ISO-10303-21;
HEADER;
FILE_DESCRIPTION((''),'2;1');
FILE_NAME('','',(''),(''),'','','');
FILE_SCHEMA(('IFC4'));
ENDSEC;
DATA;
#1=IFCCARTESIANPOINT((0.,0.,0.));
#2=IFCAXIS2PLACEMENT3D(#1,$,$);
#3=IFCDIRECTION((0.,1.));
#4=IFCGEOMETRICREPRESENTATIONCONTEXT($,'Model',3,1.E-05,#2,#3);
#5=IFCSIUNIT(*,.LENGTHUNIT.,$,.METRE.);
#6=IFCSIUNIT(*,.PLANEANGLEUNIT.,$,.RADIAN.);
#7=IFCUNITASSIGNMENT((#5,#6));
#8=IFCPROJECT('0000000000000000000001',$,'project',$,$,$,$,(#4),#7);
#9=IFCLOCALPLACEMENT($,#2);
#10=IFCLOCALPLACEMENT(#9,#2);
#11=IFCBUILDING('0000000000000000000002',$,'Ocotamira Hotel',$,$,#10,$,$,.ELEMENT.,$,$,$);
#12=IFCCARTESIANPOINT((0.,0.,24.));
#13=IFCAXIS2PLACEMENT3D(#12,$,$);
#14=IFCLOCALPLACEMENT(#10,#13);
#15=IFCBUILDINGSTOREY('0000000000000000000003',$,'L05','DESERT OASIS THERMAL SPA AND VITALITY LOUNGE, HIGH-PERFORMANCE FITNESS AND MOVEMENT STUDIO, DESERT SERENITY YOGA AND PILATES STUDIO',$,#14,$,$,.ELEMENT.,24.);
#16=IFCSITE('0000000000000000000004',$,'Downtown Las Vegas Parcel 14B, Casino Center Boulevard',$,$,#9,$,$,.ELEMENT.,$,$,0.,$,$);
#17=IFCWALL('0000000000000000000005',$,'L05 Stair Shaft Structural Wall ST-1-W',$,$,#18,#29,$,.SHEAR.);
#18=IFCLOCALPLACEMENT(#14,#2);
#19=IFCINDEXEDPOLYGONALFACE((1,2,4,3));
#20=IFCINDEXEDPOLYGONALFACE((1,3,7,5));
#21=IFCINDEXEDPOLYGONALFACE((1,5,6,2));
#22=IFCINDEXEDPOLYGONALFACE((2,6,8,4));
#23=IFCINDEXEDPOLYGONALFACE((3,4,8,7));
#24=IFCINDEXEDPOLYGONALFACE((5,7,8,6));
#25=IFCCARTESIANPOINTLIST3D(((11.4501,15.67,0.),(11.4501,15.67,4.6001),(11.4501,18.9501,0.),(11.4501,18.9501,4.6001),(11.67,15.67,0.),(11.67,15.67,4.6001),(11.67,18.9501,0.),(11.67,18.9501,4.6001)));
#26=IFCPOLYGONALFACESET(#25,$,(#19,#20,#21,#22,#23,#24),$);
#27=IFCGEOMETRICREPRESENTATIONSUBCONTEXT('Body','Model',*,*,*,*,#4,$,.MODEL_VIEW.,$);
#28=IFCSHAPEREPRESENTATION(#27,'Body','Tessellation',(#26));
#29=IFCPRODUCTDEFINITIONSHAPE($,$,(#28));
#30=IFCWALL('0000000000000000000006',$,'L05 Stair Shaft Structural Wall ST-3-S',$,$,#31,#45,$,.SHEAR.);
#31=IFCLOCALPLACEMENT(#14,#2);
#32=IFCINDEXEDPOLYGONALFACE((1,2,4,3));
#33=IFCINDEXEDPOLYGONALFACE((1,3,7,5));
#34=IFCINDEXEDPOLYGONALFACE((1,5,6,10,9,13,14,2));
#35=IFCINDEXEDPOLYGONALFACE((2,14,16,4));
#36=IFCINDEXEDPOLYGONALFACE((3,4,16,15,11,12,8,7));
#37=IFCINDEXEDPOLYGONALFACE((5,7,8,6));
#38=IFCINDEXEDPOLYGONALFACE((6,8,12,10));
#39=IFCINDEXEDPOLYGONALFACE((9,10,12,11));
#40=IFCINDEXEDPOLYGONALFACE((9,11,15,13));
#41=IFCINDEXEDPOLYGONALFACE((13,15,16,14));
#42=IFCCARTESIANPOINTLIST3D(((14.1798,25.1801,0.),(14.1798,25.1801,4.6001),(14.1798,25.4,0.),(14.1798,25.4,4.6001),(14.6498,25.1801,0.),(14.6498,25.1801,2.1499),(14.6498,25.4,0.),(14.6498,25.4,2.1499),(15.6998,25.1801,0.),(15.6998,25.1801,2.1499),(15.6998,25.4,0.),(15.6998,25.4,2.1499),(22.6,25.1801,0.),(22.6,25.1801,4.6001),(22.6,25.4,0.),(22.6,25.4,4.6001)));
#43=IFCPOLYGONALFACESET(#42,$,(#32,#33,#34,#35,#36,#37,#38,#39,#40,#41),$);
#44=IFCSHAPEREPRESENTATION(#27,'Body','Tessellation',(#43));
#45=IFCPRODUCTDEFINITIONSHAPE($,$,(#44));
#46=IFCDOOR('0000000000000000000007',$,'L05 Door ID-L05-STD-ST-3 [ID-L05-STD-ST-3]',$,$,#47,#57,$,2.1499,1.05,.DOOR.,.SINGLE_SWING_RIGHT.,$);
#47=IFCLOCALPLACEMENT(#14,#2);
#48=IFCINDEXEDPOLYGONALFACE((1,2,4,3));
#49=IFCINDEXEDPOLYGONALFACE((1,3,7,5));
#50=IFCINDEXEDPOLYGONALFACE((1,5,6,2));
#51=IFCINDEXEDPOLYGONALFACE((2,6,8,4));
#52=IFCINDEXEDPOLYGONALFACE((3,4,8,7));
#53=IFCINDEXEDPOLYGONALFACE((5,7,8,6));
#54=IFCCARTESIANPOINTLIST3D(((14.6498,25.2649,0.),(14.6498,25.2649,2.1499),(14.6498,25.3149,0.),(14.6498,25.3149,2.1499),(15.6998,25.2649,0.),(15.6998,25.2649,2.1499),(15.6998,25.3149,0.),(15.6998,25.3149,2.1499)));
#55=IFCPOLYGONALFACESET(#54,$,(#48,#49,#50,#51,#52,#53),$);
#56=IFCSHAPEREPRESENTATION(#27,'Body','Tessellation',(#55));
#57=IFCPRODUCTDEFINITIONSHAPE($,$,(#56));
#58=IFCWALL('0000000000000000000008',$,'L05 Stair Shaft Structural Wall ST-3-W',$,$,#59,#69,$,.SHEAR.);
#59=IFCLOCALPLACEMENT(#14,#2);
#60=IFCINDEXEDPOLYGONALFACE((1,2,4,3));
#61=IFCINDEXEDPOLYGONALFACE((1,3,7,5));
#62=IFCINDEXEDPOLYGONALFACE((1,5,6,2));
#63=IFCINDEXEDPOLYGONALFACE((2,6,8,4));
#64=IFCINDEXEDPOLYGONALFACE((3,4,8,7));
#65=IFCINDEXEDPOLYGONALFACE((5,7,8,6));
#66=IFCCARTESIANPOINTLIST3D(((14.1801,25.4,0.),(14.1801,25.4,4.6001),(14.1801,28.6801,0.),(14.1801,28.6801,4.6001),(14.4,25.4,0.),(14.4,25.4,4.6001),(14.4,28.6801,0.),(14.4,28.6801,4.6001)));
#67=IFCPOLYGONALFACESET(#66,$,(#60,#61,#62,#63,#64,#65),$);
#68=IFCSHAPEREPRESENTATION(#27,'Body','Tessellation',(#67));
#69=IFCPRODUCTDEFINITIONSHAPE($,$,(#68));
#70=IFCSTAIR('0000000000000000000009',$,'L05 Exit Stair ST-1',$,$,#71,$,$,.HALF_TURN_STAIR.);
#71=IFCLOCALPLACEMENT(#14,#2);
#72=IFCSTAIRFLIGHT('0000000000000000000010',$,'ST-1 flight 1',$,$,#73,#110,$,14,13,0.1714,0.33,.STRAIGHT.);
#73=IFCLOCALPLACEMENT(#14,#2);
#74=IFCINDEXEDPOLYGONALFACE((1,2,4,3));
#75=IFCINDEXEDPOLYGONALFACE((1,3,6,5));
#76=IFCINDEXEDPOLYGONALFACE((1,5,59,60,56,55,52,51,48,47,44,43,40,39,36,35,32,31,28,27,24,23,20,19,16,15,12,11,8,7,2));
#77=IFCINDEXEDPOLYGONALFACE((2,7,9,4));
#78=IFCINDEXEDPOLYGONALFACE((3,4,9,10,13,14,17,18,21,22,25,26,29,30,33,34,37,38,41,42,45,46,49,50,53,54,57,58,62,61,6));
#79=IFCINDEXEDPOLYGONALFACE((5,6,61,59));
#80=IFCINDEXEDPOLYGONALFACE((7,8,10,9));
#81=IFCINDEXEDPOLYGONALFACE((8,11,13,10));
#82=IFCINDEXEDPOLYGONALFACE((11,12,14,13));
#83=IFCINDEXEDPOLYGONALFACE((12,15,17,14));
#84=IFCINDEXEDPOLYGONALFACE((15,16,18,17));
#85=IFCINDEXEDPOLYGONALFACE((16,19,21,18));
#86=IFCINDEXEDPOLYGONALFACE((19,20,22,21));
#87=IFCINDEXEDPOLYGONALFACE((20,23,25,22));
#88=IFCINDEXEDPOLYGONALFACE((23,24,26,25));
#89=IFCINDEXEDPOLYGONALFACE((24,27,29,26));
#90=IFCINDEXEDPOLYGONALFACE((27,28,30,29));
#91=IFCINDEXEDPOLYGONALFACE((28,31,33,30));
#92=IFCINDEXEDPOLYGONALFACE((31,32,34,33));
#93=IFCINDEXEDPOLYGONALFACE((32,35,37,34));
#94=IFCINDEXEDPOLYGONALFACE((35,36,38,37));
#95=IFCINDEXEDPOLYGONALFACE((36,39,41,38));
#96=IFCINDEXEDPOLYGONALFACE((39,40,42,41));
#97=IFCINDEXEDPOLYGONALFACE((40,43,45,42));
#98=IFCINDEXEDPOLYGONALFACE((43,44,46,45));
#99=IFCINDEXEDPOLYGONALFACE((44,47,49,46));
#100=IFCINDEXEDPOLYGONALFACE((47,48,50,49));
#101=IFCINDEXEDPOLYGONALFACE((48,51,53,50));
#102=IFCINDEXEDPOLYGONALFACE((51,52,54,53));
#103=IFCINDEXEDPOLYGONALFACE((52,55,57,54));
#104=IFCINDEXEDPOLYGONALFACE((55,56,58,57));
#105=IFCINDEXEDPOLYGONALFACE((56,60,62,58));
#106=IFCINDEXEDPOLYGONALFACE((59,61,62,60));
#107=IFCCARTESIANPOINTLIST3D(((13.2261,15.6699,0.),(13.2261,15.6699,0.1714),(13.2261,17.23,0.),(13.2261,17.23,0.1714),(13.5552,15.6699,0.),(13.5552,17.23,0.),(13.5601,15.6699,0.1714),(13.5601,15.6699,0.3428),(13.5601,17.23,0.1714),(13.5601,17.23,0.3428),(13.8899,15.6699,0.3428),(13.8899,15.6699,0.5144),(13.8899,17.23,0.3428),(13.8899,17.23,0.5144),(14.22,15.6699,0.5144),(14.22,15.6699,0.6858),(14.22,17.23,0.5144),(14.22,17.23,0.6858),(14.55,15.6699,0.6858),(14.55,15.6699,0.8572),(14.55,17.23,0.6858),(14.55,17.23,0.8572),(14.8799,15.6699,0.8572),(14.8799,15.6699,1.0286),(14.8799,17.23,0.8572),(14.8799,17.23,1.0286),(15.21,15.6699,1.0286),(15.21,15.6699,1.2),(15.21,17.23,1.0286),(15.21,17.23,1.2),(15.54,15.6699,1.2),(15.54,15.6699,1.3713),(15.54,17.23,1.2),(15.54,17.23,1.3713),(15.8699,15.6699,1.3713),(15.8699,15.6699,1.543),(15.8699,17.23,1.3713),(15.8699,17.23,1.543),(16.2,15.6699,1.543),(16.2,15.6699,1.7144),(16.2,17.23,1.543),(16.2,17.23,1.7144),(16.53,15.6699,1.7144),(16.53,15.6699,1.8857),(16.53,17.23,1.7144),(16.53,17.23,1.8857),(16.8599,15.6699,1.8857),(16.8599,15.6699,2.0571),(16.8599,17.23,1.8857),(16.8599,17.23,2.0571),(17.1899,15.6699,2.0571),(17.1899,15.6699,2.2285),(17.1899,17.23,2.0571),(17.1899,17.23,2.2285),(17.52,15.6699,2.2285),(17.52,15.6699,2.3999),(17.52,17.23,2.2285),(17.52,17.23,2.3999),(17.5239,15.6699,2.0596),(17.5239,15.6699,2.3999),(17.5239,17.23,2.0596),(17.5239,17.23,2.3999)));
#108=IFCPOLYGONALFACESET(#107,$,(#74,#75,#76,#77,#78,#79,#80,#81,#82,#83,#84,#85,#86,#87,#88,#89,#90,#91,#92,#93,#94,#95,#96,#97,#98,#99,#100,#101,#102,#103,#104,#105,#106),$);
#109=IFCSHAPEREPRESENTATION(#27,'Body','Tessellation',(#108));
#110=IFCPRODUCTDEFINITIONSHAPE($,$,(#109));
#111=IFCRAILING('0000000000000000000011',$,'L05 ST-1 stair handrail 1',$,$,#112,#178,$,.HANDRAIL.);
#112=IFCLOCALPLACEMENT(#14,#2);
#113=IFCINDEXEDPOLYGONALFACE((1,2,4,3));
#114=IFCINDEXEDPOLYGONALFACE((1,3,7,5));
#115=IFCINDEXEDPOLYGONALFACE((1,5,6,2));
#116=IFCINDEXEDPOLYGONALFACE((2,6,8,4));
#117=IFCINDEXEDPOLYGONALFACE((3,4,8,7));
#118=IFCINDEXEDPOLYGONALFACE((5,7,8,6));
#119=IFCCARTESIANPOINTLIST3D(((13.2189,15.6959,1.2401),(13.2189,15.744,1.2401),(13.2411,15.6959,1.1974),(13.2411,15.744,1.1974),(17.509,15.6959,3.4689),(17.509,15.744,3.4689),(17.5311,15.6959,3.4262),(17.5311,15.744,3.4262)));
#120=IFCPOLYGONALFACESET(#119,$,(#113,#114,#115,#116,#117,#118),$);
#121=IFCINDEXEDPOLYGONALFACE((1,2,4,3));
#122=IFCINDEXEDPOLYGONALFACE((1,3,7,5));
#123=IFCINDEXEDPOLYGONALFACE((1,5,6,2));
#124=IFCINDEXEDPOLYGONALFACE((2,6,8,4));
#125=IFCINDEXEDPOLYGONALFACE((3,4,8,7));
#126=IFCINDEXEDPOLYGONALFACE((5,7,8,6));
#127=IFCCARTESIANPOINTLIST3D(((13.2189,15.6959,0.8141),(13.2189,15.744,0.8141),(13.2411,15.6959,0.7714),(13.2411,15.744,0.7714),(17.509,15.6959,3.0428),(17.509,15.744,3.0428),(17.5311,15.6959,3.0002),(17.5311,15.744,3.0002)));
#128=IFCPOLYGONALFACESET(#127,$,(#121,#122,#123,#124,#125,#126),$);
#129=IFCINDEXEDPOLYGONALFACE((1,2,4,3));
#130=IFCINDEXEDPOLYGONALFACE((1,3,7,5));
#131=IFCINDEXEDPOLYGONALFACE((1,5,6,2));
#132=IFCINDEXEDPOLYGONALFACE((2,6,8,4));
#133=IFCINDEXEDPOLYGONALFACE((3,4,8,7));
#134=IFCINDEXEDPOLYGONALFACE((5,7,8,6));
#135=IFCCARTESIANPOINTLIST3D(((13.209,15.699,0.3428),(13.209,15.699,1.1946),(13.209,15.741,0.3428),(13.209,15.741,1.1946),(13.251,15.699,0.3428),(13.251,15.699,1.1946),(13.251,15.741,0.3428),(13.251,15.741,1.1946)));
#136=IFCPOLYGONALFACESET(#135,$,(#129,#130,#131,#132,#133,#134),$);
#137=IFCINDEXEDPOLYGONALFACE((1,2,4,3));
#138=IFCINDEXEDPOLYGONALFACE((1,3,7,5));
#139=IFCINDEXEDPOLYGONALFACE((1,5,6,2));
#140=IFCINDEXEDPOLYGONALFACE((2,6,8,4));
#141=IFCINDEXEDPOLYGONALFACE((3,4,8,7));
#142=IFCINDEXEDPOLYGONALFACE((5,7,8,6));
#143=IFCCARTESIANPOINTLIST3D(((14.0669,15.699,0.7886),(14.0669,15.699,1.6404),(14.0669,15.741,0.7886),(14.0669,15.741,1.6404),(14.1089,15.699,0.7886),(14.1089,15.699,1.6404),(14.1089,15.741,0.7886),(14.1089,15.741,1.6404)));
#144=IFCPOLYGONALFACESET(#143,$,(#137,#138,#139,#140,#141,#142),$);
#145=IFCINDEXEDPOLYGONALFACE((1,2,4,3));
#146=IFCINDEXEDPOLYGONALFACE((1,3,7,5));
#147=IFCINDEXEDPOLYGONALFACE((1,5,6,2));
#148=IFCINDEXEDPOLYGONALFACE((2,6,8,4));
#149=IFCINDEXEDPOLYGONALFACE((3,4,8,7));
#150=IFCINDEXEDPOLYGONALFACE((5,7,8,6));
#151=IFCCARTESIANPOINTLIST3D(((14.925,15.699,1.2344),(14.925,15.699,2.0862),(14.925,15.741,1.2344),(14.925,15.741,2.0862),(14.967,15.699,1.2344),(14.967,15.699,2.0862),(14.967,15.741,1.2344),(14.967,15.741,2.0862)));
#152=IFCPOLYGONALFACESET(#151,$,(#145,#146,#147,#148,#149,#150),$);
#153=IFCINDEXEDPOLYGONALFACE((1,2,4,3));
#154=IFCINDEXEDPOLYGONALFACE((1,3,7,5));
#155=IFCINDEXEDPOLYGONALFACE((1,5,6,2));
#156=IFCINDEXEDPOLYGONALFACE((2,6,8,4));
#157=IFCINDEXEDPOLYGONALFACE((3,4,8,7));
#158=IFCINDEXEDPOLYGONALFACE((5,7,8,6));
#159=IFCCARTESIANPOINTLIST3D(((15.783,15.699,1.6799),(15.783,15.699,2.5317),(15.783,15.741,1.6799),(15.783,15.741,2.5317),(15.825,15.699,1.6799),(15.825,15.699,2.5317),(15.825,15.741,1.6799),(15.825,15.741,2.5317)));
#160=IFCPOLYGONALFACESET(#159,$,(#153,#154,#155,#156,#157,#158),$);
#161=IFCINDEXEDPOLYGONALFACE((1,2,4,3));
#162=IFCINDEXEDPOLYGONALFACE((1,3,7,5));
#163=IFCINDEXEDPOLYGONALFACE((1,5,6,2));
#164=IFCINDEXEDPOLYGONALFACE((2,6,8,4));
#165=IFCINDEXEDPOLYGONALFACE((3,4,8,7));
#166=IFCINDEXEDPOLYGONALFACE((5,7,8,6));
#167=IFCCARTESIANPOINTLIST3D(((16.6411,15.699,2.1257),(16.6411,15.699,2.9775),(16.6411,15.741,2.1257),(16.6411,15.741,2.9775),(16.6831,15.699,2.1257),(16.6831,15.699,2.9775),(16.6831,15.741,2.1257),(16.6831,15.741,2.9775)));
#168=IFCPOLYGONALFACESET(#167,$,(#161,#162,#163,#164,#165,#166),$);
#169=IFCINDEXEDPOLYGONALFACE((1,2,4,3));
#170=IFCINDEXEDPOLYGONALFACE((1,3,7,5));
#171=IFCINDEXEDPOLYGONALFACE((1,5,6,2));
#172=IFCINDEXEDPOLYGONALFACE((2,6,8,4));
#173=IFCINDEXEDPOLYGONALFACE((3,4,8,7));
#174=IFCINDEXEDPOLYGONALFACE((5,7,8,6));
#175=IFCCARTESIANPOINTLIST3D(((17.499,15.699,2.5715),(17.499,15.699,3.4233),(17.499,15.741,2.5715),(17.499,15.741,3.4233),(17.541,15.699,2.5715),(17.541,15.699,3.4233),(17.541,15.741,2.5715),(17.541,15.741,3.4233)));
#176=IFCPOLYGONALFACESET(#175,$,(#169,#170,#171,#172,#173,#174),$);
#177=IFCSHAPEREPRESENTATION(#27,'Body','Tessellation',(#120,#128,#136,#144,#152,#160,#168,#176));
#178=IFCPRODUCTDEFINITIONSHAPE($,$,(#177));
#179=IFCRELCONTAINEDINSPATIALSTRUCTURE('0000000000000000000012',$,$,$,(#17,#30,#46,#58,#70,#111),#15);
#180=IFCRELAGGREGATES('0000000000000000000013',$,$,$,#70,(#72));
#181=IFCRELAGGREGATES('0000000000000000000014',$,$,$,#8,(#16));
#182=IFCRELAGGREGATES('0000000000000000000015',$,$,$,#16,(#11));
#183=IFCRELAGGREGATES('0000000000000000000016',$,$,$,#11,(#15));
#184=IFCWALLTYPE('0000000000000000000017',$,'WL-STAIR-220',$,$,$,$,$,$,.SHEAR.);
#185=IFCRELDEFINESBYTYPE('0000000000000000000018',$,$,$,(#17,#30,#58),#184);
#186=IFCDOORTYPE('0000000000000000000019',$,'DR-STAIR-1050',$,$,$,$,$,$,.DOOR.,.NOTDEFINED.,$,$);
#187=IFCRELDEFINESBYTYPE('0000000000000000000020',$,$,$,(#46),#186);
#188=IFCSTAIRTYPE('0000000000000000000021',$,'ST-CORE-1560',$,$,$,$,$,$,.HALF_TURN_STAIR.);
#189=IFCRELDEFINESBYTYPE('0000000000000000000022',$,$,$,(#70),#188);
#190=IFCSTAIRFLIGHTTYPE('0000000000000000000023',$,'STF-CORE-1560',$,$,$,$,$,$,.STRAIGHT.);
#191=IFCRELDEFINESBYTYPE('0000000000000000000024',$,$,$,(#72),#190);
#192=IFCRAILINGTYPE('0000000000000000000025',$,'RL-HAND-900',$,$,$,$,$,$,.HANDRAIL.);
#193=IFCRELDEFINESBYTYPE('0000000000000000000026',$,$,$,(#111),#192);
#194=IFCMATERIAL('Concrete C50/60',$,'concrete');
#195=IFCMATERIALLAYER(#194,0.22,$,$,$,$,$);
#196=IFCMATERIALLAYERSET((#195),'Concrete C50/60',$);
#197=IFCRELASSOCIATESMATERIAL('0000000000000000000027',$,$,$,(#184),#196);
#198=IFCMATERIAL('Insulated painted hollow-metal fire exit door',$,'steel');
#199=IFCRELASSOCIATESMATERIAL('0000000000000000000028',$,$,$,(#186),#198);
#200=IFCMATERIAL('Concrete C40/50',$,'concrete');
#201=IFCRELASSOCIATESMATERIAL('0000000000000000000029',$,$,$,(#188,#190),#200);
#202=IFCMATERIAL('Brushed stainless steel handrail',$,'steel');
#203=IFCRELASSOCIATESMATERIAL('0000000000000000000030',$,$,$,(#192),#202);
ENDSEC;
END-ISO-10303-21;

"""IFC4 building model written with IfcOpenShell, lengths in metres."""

from ifc_helpers import new_model, si_unit, direction, frame, frame_2d, origin, origin_2d, place, context, subcontext, project, spatial, polyline, rectangle, outline, extrude, source, transform, mapped, material, layer, layer_set, type_object, element, fill, aggregate, save


model = new_model("IFC4")

# Units and contexts
model_context = context("Model", 3, precision=1e-05, world=origin(), true_north=direction((0.0, 1.0)))
body_context = subcontext(model_context, "Body", "Model", "MODEL_VIEW")
ifc_project = project(units=[si_unit("LENGTHUNIT", "METRE"), si_unit("PLANEANGLEUNIT", "RADIAN")], contexts=[model_context])

# Site, building, storey
site_placement = place(None, origin())
site = spatial("IfcSite", under=ifc_project, at=site_placement, Name="Downtown Las Vegas Parcel 14B, Casino Center Boulevard", CompositionType="ELEMENT", RefElevation=0.0)
building_placement = place(site_placement, origin())
building = spatial("IfcBuilding", under=site, at=building_placement, Name="Ocotamira Hotel", CompositionType="ELEMENT")
storey_placement = place(building_placement, frame((0.0, 0.0, 24.0)))
storey = spatial("IfcBuildingStorey", under=building, at=storey_placement, Name="L05", Description="DESERT OASIS THERMAL SPA AND VITALITY LOUNGE, HIGH-PERFORMANCE FITNESS AND MOVEMENT STUDIO, DESERT SERENITY YOGA AND PILATES STUDIO", CompositionType="ELEMENT", Elevation=24.0)

# Shared definitions
ifc_material_1 = material(Name="Concrete C50/60", Category="concrete")

# Shared definitions
ifc_layer_1 = layer(ifc_material_1, 0.22)
ifc_layer_set_1 = layer_set([ifc_layer_1], Name="Concrete C50/60")
wall_type_1 = type_object("IfcWallType", Name="WL-STAIR-220", PredefinedType="SHEAR", material=ifc_layer_set_1)

# Shared definitions
ifc_material_2 = material(Name="Insulated painted hollow-metal fire exit door", Category="steel")
door_type_1 = type_object("IfcDoorType", Name="DR-STAIR-1050", OperationType="NOTDEFINED", PredefinedType="DOOR", material=ifc_material_2)
shared_shape_1 = source(origin(), body_context, "Body", "SweptSolid", [
    extrude(rectangle(XDim=1.05, YDim=2.1499, at=frame_2d((0.5249, 1.075))), frame((0.0, 0.0249, 0.0), z_axis=(0.0, -1.0, 0.0), x_axis=(1.0, 0.0, 0.0)), (0.0, 0.0, 1.0), 0.05),
])

# Wall
wall_1_placement = place(storey_placement, frame((11.5601, 15.6699, 0.0), z_axis=(0.0, 0.0, 1.0), x_axis=(0.0, 1.0, 0.0)))
element("IfcWall", 1, at=wall_1_placement, inside=storey, type_object=wall_type_1, Name="L05 Stair Shaft Structural Wall ST-1-W", PredefinedType="SHEAR", context=body_context, shape_type="SweptSolid", body=[
    extrude(rectangle(XDim=3.28, YDim=0.22, at=frame_2d((1.6401, 0.0))), origin(), (0.0, 0.0, 1.0), 4.6001),
])

# Wall, opening, door
wall_2_placement = place(storey_placement, frame((14.1799, 25.29, 0.0), z_axis=(0.0, 0.0, 1.0), x_axis=(1.0, 0.0, 0.0)))
wall_2 = element("IfcWall", 2, at=wall_2_placement, inside=storey, type_object=wall_type_1, Name="L05 Stair Shaft Structural Wall ST-3-S", PredefinedType="SHEAR", context=body_context, shape_type="SweptSolid", body=[
    extrude(rectangle(XDim=8.4202, YDim=0.22, at=frame_2d((4.21, 0.0))), origin(), (0.0, 0.0, 1.0), 4.6001),
])
opening_1_placement = place(wall_2_placement, frame((0.47, 0.0, 0.0)))
opening_1 = element("IfcOpeningElement", 3, at=opening_1_placement, cuts=wall_2, PredefinedType="OPENING", context=body_context, shape_type="SweptSolid", body=[
    extrude(rectangle(XDim=1.05, YDim=2.1499, at=frame_2d((0.5249, 1.075))), frame((0.0, 0.1201, 0.0), z_axis=(0.0, -1.0, 0.0), x_axis=(1.0, 0.0, 0.0)), (0.0, 0.0, 1.0), 0.24),
])
door_1_placement = place(opening_1_placement, origin())
door_1 = element("IfcDoor", 4, at=door_1_placement, inside=storey, type_object=door_type_1, Name="L05 Door ID-L05-STD-ST-3 [ID-L05-STD-ST-3]", OperationType="SINGLE_SWING_RIGHT", OverallHeight=2.1499, OverallWidth=1.05, PredefinedType="DOOR", context=body_context, shape_type="MappedRepresentation", body=[
    mapped(shared_shape_1, transform((0.0, 0.0, 0.0), scale=1.0)),
])
fill(opening_1, door_1)

# Wall
wall_3_placement = place(storey_placement, frame((14.29, 25.3999, 0.0), z_axis=(0.0, 0.0, 1.0), x_axis=(0.0, 1.0, 0.0)))
element("IfcWall", 5, at=wall_3_placement, inside=storey, type_object=wall_type_1, Name="L05 Stair Shaft Structural Wall ST-3-W", PredefinedType="SHEAR", context=body_context, shape_type="SweptSolid", body=[
    extrude(rectangle(XDim=3.28, YDim=0.22, at=frame_2d((1.6401, 0.0))), origin(), (0.0, 0.0, 1.0), 4.6001),
])

# Stair, stair flight
ifc_material_3 = material(Name="Concrete C40/50", Category="concrete")
stair_type = type_object("IfcStairType", Name="ST-CORE-1560", PredefinedType="HALF_TURN_STAIR", material=ifc_material_3)
stair_placement = place(storey_placement, origin())
stair = element("IfcStair", 6, at=stair_placement, inside=storey, type_object=stair_type, Name="L05 Exit Stair ST-1", PredefinedType="HALF_TURN_STAIR")
stair_flight_type = type_object("IfcStairFlightType", Name="STF-CORE-1560", PredefinedType="STRAIGHT", material=ifc_material_3)
shared_shape_2 = source(origin(), body_context, "Body", "SweptSolid", [
    extrude(outline(polyline([(-0.0039, 0.0), (-0.0039, 0.1714), (0.3301, 0.1714), (0.3301, 0.3428), (0.6599, 0.3428), (0.6599, 0.5144), (0.99, 0.5144), (0.99, 0.6858), (1.3201, 0.6858), (1.3201, 0.8572), (1.6499, 0.8572), (1.6499, 1.0286), (1.98, 1.0286), (1.98, 1.2), (2.3101, 1.2), (2.3101, 1.3713), (2.6399, 1.3713), (2.6399, 1.543), (2.97, 1.543), (2.97, 1.7144), (3.3, 1.7144), (3.3, 1.8857), (3.6299, 1.8857), (3.6299, 2.0571), (3.96, 2.0571), (3.96, 2.2285), (4.29, 2.2285), (4.29, 2.3999), (4.2939, 2.3999), (4.2939, 2.0596), (0.3252, 0.0), (-0.0039, 0.0)])), frame((0.0, 0.78, 0.0), z_axis=(0.0, -1.0, 0.0), x_axis=(1.0, 0.0, 0.0)), (0.0, 0.0, 1.0), 1.5601),
])
stair_flight_placement = place(storey_placement, frame((13.23, 16.45, 0.0), z_axis=(0.0, 0.0, 1.0), x_axis=(1.0, 0.0, 0.0)))
stair_flight = element("IfcStairFlight", 7, at=stair_flight_placement, type_object=stair_flight_type, Name="ST-1 flight 1", NumberOfRisers=14, NumberOfTreads=13, PredefinedType="STRAIGHT", RiserHeight=0.1714, TreadLength=0.33, context=body_context, shape_type="MappedRepresentation", body=[
    mapped(shared_shape_2, transform((0.0, 0.0, 0.0), scale=1.0)),
])
aggregate(stair, [stair_flight])

# Railing
ifc_material_4 = material(Name="Brushed stainless steel handrail", Category="steel")
railing_type_1 = type_object("IfcRailingType", Name="RL-HAND-900", PredefinedType="HANDRAIL", material=ifc_material_4)
for number, where, name in (
    (8, (13.23, 15.72, 0.3428), "L05 ST-1 stair handrail 1"),
):
    element("IfcRailing", number, at=place(storey_placement, frame(where)), inside=storey, type_object=railing_type_1, Name=name, PredefinedType="HANDRAIL", context=body_context, shape_type="SweptSolid", body=[
        extrude(rectangle(XDim=0.0481, YDim=0.0481, at=origin_2d()), frame((0.0, 0.0, 0.876), z_axis=(0.887391, 0.0, 0.461017), x_axis=(0.0, 1.0, 0.0)), (0.0, 0.0, 1.0), 4.8345),
        extrude(rectangle(XDim=0.0481, YDim=0.0481, at=origin_2d()), frame((0.0, 0.0, 0.45), z_axis=(0.887391, 0.0, 0.461017), x_axis=(0.0, 1.0, 0.0)), (0.0, 0.0, 1.0), 4.8345),
        extrude(rectangle(XDim=0.042, YDim=0.042, at=origin_2d()), origin(), (0.0, 0.0, 1.0), 0.8518),
        extrude(rectangle(XDim=0.042, YDim=0.042, at=origin_2d()), frame((0.8579, 0.0, 0.4458)), (0.0, 0.0, 1.0), 0.8518),
        extrude(rectangle(XDim=0.042, YDim=0.042, at=origin_2d()), frame((1.7161, 0.0, 0.8916)), (0.0, 0.0, 1.0), 0.8518),
        extrude(rectangle(XDim=0.042, YDim=0.042, at=origin_2d()), frame((2.574, 0.0, 1.3372)), (0.0, 0.0, 1.0), 0.8518),
        extrude(rectangle(XDim=0.042, YDim=0.042, at=origin_2d()), frame((3.4321, 0.0, 1.783)), (0.0, 0.0, 1.0), 0.8518),
        extrude(rectangle(XDim=0.042, YDim=0.042, at=origin_2d()), frame((4.29, 0.0, 2.2288)), (0.0, 0.0, 1.0), 0.8518),
    ])

save(model, "model.ifc")
